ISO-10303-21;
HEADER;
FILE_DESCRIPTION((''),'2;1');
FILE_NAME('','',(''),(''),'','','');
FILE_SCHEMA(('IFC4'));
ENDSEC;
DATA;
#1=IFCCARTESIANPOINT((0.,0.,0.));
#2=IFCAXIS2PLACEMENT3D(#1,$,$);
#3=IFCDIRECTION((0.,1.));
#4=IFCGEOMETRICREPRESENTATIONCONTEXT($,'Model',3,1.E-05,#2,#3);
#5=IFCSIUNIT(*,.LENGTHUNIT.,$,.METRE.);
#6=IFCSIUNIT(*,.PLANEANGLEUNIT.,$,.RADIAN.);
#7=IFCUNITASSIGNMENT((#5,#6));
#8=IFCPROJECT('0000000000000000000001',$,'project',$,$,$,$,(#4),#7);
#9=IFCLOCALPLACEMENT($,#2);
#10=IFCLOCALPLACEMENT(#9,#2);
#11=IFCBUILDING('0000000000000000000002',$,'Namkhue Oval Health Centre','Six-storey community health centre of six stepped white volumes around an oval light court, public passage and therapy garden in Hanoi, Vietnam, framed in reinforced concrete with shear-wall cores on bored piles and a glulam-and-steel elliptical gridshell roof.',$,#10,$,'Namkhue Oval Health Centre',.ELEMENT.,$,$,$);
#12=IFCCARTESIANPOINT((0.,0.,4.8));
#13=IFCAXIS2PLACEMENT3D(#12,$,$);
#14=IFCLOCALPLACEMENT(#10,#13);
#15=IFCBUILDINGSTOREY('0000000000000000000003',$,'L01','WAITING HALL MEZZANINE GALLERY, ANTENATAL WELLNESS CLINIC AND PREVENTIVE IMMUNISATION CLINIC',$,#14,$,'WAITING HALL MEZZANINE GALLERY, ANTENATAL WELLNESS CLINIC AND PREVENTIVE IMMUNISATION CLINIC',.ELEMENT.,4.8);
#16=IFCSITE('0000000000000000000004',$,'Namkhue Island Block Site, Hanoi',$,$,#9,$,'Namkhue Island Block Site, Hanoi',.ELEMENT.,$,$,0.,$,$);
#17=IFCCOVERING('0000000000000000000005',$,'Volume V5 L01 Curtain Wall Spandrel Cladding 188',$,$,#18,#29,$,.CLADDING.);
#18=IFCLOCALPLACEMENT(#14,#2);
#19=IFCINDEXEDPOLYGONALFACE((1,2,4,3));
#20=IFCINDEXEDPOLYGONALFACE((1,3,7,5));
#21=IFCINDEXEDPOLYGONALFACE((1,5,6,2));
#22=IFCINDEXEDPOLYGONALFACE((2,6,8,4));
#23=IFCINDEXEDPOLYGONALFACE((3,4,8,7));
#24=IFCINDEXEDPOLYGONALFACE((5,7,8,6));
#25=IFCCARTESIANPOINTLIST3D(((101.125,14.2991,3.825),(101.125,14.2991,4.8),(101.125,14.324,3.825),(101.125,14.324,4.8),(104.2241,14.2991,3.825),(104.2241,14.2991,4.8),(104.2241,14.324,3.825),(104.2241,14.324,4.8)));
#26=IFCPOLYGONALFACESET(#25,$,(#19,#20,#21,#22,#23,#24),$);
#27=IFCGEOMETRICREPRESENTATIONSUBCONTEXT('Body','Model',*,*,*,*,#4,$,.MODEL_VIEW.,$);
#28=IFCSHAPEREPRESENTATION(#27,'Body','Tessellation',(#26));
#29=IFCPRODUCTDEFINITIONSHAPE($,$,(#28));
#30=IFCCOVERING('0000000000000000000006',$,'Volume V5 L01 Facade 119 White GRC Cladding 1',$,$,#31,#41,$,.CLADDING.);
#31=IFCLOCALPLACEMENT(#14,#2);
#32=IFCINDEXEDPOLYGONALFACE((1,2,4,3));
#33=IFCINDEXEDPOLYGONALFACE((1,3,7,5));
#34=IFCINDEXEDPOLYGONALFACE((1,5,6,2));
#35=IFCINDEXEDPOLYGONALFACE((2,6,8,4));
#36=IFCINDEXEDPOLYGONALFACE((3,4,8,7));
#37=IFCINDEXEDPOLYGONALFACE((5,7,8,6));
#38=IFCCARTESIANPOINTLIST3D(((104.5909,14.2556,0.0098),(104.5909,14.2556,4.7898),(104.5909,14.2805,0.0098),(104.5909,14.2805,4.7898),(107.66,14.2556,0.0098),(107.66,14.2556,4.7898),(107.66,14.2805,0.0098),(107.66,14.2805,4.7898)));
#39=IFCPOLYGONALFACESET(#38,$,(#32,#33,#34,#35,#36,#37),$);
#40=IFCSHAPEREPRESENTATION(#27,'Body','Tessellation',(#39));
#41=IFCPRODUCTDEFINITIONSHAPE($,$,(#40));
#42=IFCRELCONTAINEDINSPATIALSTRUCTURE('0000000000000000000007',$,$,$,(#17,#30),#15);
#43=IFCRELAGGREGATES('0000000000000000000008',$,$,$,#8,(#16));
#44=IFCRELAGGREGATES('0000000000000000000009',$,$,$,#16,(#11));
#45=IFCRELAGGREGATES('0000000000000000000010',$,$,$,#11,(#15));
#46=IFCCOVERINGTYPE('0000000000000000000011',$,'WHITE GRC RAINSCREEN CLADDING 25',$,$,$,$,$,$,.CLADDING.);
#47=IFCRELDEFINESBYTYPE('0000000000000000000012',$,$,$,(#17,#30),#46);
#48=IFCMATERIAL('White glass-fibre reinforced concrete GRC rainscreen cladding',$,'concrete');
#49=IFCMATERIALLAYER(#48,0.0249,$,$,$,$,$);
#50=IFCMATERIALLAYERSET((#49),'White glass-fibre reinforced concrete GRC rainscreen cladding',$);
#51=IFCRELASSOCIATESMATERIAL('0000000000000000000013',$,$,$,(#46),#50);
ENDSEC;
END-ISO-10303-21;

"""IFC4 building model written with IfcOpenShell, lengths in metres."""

from ifc_helpers import new_model, si_unit, direction, frame, origin, origin_2d, place, context, subcontext, project, spatial, rectangle, extrude, material, layer, layer_set, type_object, element, save


model = new_model("IFC4")

# Units and contexts
model_context = context("Model", 3, precision=1e-05, world=origin(), true_north=direction((0.0, 1.0)))
body_context = subcontext(model_context, "Body", "Model", "MODEL_VIEW")
ifc_project = project(units=[si_unit("LENGTHUNIT", "METRE"), si_unit("PLANEANGLEUNIT", "RADIAN")], contexts=[model_context])

# Site, building, storey
site_placement = place(None, origin())
site = spatial("IfcSite", under=ifc_project, at=site_placement, Name="Namkhue Island Block Site, Hanoi", LongName="Namkhue Island Block Site, Hanoi", CompositionType="ELEMENT", RefElevation=0.0)
building_placement = place(site_placement, origin())
building = spatial("IfcBuilding", under=site, at=building_placement, Name="Namkhue Oval Health Centre", Description="Six-storey community health centre of six stepped white volumes around an oval light court, public passage and therapy garden in Hanoi, Vietnam, framed in reinforced concrete with shear-wall cores on bored piles and a glulam-and-steel elliptical gridshell roof.", LongName="Namkhue Oval Health Centre", CompositionType="ELEMENT")
storey_placement = place(building_placement, frame((0.0, 0.0, 4.8)))
storey = spatial("IfcBuildingStorey", under=building, at=storey_placement, Name="L01", Description="WAITING HALL MEZZANINE GALLERY, ANTENATAL WELLNESS CLINIC AND PREVENTIVE IMMUNISATION CLINIC", LongName="WAITING HALL MEZZANINE GALLERY, ANTENATAL WELLNESS CLINIC AND PREVENTIVE IMMUNISATION CLINIC", CompositionType="ELEMENT", Elevation=4.8)

# Coverings
ifc_material_1 = material(Name="White glass-fibre reinforced concrete GRC rainscreen cladding", Category="concrete")
ifc_layer_1 = layer(ifc_material_1, 0.0249)
ifc_layer_set_1 = layer_set([ifc_layer_1], Name="White glass-fibre reinforced concrete GRC rainscreen cladding")
covering_type = type_object("IfcCoveringType", Name="WHITE GRC RAINSCREEN CLADDING 25", PredefinedType="CLADDING", material=ifc_layer_set_1)
covering_1_placement = place(storey_placement, frame((102.6746, 14.3115, 3.825), z_axis=(0.0, 0.0, 1.0), x_axis=(1.0, 0.0, 0.0)))
element("IfcCovering", 1, at=covering_1_placement, inside=storey, type_object=covering_type, Name="Volume V5 L01 Curtain Wall Spandrel Cladding 188", PredefinedType="CLADDING", context=body_context, shape_type="SweptSolid", body=[
    extrude(rectangle(XDim=3.0991, YDim=0.0249, at=origin_2d()), origin(), (0.0, 0.0, 1.0), 0.9751),
])
covering_2_placement = place(storey_placement, frame((106.1255, 14.2681, 0.0098), z_axis=(0.0, 0.0, 1.0), x_axis=(1.0, 0.0, 0.0)))
element("IfcCovering", 2, at=covering_2_placement, inside=storey, type_object=covering_type, Name="Volume V5 L01 Facade 119 White GRC Cladding 1", PredefinedType="CLADDING", context=body_context, shape_type="SweptSolid", body=[
    extrude(rectangle(XDim=3.0691, YDim=0.0249, at=origin_2d()), origin(), (0.0, 0.0, 1.0), 4.78),
])

save(model, "model.ifc")
